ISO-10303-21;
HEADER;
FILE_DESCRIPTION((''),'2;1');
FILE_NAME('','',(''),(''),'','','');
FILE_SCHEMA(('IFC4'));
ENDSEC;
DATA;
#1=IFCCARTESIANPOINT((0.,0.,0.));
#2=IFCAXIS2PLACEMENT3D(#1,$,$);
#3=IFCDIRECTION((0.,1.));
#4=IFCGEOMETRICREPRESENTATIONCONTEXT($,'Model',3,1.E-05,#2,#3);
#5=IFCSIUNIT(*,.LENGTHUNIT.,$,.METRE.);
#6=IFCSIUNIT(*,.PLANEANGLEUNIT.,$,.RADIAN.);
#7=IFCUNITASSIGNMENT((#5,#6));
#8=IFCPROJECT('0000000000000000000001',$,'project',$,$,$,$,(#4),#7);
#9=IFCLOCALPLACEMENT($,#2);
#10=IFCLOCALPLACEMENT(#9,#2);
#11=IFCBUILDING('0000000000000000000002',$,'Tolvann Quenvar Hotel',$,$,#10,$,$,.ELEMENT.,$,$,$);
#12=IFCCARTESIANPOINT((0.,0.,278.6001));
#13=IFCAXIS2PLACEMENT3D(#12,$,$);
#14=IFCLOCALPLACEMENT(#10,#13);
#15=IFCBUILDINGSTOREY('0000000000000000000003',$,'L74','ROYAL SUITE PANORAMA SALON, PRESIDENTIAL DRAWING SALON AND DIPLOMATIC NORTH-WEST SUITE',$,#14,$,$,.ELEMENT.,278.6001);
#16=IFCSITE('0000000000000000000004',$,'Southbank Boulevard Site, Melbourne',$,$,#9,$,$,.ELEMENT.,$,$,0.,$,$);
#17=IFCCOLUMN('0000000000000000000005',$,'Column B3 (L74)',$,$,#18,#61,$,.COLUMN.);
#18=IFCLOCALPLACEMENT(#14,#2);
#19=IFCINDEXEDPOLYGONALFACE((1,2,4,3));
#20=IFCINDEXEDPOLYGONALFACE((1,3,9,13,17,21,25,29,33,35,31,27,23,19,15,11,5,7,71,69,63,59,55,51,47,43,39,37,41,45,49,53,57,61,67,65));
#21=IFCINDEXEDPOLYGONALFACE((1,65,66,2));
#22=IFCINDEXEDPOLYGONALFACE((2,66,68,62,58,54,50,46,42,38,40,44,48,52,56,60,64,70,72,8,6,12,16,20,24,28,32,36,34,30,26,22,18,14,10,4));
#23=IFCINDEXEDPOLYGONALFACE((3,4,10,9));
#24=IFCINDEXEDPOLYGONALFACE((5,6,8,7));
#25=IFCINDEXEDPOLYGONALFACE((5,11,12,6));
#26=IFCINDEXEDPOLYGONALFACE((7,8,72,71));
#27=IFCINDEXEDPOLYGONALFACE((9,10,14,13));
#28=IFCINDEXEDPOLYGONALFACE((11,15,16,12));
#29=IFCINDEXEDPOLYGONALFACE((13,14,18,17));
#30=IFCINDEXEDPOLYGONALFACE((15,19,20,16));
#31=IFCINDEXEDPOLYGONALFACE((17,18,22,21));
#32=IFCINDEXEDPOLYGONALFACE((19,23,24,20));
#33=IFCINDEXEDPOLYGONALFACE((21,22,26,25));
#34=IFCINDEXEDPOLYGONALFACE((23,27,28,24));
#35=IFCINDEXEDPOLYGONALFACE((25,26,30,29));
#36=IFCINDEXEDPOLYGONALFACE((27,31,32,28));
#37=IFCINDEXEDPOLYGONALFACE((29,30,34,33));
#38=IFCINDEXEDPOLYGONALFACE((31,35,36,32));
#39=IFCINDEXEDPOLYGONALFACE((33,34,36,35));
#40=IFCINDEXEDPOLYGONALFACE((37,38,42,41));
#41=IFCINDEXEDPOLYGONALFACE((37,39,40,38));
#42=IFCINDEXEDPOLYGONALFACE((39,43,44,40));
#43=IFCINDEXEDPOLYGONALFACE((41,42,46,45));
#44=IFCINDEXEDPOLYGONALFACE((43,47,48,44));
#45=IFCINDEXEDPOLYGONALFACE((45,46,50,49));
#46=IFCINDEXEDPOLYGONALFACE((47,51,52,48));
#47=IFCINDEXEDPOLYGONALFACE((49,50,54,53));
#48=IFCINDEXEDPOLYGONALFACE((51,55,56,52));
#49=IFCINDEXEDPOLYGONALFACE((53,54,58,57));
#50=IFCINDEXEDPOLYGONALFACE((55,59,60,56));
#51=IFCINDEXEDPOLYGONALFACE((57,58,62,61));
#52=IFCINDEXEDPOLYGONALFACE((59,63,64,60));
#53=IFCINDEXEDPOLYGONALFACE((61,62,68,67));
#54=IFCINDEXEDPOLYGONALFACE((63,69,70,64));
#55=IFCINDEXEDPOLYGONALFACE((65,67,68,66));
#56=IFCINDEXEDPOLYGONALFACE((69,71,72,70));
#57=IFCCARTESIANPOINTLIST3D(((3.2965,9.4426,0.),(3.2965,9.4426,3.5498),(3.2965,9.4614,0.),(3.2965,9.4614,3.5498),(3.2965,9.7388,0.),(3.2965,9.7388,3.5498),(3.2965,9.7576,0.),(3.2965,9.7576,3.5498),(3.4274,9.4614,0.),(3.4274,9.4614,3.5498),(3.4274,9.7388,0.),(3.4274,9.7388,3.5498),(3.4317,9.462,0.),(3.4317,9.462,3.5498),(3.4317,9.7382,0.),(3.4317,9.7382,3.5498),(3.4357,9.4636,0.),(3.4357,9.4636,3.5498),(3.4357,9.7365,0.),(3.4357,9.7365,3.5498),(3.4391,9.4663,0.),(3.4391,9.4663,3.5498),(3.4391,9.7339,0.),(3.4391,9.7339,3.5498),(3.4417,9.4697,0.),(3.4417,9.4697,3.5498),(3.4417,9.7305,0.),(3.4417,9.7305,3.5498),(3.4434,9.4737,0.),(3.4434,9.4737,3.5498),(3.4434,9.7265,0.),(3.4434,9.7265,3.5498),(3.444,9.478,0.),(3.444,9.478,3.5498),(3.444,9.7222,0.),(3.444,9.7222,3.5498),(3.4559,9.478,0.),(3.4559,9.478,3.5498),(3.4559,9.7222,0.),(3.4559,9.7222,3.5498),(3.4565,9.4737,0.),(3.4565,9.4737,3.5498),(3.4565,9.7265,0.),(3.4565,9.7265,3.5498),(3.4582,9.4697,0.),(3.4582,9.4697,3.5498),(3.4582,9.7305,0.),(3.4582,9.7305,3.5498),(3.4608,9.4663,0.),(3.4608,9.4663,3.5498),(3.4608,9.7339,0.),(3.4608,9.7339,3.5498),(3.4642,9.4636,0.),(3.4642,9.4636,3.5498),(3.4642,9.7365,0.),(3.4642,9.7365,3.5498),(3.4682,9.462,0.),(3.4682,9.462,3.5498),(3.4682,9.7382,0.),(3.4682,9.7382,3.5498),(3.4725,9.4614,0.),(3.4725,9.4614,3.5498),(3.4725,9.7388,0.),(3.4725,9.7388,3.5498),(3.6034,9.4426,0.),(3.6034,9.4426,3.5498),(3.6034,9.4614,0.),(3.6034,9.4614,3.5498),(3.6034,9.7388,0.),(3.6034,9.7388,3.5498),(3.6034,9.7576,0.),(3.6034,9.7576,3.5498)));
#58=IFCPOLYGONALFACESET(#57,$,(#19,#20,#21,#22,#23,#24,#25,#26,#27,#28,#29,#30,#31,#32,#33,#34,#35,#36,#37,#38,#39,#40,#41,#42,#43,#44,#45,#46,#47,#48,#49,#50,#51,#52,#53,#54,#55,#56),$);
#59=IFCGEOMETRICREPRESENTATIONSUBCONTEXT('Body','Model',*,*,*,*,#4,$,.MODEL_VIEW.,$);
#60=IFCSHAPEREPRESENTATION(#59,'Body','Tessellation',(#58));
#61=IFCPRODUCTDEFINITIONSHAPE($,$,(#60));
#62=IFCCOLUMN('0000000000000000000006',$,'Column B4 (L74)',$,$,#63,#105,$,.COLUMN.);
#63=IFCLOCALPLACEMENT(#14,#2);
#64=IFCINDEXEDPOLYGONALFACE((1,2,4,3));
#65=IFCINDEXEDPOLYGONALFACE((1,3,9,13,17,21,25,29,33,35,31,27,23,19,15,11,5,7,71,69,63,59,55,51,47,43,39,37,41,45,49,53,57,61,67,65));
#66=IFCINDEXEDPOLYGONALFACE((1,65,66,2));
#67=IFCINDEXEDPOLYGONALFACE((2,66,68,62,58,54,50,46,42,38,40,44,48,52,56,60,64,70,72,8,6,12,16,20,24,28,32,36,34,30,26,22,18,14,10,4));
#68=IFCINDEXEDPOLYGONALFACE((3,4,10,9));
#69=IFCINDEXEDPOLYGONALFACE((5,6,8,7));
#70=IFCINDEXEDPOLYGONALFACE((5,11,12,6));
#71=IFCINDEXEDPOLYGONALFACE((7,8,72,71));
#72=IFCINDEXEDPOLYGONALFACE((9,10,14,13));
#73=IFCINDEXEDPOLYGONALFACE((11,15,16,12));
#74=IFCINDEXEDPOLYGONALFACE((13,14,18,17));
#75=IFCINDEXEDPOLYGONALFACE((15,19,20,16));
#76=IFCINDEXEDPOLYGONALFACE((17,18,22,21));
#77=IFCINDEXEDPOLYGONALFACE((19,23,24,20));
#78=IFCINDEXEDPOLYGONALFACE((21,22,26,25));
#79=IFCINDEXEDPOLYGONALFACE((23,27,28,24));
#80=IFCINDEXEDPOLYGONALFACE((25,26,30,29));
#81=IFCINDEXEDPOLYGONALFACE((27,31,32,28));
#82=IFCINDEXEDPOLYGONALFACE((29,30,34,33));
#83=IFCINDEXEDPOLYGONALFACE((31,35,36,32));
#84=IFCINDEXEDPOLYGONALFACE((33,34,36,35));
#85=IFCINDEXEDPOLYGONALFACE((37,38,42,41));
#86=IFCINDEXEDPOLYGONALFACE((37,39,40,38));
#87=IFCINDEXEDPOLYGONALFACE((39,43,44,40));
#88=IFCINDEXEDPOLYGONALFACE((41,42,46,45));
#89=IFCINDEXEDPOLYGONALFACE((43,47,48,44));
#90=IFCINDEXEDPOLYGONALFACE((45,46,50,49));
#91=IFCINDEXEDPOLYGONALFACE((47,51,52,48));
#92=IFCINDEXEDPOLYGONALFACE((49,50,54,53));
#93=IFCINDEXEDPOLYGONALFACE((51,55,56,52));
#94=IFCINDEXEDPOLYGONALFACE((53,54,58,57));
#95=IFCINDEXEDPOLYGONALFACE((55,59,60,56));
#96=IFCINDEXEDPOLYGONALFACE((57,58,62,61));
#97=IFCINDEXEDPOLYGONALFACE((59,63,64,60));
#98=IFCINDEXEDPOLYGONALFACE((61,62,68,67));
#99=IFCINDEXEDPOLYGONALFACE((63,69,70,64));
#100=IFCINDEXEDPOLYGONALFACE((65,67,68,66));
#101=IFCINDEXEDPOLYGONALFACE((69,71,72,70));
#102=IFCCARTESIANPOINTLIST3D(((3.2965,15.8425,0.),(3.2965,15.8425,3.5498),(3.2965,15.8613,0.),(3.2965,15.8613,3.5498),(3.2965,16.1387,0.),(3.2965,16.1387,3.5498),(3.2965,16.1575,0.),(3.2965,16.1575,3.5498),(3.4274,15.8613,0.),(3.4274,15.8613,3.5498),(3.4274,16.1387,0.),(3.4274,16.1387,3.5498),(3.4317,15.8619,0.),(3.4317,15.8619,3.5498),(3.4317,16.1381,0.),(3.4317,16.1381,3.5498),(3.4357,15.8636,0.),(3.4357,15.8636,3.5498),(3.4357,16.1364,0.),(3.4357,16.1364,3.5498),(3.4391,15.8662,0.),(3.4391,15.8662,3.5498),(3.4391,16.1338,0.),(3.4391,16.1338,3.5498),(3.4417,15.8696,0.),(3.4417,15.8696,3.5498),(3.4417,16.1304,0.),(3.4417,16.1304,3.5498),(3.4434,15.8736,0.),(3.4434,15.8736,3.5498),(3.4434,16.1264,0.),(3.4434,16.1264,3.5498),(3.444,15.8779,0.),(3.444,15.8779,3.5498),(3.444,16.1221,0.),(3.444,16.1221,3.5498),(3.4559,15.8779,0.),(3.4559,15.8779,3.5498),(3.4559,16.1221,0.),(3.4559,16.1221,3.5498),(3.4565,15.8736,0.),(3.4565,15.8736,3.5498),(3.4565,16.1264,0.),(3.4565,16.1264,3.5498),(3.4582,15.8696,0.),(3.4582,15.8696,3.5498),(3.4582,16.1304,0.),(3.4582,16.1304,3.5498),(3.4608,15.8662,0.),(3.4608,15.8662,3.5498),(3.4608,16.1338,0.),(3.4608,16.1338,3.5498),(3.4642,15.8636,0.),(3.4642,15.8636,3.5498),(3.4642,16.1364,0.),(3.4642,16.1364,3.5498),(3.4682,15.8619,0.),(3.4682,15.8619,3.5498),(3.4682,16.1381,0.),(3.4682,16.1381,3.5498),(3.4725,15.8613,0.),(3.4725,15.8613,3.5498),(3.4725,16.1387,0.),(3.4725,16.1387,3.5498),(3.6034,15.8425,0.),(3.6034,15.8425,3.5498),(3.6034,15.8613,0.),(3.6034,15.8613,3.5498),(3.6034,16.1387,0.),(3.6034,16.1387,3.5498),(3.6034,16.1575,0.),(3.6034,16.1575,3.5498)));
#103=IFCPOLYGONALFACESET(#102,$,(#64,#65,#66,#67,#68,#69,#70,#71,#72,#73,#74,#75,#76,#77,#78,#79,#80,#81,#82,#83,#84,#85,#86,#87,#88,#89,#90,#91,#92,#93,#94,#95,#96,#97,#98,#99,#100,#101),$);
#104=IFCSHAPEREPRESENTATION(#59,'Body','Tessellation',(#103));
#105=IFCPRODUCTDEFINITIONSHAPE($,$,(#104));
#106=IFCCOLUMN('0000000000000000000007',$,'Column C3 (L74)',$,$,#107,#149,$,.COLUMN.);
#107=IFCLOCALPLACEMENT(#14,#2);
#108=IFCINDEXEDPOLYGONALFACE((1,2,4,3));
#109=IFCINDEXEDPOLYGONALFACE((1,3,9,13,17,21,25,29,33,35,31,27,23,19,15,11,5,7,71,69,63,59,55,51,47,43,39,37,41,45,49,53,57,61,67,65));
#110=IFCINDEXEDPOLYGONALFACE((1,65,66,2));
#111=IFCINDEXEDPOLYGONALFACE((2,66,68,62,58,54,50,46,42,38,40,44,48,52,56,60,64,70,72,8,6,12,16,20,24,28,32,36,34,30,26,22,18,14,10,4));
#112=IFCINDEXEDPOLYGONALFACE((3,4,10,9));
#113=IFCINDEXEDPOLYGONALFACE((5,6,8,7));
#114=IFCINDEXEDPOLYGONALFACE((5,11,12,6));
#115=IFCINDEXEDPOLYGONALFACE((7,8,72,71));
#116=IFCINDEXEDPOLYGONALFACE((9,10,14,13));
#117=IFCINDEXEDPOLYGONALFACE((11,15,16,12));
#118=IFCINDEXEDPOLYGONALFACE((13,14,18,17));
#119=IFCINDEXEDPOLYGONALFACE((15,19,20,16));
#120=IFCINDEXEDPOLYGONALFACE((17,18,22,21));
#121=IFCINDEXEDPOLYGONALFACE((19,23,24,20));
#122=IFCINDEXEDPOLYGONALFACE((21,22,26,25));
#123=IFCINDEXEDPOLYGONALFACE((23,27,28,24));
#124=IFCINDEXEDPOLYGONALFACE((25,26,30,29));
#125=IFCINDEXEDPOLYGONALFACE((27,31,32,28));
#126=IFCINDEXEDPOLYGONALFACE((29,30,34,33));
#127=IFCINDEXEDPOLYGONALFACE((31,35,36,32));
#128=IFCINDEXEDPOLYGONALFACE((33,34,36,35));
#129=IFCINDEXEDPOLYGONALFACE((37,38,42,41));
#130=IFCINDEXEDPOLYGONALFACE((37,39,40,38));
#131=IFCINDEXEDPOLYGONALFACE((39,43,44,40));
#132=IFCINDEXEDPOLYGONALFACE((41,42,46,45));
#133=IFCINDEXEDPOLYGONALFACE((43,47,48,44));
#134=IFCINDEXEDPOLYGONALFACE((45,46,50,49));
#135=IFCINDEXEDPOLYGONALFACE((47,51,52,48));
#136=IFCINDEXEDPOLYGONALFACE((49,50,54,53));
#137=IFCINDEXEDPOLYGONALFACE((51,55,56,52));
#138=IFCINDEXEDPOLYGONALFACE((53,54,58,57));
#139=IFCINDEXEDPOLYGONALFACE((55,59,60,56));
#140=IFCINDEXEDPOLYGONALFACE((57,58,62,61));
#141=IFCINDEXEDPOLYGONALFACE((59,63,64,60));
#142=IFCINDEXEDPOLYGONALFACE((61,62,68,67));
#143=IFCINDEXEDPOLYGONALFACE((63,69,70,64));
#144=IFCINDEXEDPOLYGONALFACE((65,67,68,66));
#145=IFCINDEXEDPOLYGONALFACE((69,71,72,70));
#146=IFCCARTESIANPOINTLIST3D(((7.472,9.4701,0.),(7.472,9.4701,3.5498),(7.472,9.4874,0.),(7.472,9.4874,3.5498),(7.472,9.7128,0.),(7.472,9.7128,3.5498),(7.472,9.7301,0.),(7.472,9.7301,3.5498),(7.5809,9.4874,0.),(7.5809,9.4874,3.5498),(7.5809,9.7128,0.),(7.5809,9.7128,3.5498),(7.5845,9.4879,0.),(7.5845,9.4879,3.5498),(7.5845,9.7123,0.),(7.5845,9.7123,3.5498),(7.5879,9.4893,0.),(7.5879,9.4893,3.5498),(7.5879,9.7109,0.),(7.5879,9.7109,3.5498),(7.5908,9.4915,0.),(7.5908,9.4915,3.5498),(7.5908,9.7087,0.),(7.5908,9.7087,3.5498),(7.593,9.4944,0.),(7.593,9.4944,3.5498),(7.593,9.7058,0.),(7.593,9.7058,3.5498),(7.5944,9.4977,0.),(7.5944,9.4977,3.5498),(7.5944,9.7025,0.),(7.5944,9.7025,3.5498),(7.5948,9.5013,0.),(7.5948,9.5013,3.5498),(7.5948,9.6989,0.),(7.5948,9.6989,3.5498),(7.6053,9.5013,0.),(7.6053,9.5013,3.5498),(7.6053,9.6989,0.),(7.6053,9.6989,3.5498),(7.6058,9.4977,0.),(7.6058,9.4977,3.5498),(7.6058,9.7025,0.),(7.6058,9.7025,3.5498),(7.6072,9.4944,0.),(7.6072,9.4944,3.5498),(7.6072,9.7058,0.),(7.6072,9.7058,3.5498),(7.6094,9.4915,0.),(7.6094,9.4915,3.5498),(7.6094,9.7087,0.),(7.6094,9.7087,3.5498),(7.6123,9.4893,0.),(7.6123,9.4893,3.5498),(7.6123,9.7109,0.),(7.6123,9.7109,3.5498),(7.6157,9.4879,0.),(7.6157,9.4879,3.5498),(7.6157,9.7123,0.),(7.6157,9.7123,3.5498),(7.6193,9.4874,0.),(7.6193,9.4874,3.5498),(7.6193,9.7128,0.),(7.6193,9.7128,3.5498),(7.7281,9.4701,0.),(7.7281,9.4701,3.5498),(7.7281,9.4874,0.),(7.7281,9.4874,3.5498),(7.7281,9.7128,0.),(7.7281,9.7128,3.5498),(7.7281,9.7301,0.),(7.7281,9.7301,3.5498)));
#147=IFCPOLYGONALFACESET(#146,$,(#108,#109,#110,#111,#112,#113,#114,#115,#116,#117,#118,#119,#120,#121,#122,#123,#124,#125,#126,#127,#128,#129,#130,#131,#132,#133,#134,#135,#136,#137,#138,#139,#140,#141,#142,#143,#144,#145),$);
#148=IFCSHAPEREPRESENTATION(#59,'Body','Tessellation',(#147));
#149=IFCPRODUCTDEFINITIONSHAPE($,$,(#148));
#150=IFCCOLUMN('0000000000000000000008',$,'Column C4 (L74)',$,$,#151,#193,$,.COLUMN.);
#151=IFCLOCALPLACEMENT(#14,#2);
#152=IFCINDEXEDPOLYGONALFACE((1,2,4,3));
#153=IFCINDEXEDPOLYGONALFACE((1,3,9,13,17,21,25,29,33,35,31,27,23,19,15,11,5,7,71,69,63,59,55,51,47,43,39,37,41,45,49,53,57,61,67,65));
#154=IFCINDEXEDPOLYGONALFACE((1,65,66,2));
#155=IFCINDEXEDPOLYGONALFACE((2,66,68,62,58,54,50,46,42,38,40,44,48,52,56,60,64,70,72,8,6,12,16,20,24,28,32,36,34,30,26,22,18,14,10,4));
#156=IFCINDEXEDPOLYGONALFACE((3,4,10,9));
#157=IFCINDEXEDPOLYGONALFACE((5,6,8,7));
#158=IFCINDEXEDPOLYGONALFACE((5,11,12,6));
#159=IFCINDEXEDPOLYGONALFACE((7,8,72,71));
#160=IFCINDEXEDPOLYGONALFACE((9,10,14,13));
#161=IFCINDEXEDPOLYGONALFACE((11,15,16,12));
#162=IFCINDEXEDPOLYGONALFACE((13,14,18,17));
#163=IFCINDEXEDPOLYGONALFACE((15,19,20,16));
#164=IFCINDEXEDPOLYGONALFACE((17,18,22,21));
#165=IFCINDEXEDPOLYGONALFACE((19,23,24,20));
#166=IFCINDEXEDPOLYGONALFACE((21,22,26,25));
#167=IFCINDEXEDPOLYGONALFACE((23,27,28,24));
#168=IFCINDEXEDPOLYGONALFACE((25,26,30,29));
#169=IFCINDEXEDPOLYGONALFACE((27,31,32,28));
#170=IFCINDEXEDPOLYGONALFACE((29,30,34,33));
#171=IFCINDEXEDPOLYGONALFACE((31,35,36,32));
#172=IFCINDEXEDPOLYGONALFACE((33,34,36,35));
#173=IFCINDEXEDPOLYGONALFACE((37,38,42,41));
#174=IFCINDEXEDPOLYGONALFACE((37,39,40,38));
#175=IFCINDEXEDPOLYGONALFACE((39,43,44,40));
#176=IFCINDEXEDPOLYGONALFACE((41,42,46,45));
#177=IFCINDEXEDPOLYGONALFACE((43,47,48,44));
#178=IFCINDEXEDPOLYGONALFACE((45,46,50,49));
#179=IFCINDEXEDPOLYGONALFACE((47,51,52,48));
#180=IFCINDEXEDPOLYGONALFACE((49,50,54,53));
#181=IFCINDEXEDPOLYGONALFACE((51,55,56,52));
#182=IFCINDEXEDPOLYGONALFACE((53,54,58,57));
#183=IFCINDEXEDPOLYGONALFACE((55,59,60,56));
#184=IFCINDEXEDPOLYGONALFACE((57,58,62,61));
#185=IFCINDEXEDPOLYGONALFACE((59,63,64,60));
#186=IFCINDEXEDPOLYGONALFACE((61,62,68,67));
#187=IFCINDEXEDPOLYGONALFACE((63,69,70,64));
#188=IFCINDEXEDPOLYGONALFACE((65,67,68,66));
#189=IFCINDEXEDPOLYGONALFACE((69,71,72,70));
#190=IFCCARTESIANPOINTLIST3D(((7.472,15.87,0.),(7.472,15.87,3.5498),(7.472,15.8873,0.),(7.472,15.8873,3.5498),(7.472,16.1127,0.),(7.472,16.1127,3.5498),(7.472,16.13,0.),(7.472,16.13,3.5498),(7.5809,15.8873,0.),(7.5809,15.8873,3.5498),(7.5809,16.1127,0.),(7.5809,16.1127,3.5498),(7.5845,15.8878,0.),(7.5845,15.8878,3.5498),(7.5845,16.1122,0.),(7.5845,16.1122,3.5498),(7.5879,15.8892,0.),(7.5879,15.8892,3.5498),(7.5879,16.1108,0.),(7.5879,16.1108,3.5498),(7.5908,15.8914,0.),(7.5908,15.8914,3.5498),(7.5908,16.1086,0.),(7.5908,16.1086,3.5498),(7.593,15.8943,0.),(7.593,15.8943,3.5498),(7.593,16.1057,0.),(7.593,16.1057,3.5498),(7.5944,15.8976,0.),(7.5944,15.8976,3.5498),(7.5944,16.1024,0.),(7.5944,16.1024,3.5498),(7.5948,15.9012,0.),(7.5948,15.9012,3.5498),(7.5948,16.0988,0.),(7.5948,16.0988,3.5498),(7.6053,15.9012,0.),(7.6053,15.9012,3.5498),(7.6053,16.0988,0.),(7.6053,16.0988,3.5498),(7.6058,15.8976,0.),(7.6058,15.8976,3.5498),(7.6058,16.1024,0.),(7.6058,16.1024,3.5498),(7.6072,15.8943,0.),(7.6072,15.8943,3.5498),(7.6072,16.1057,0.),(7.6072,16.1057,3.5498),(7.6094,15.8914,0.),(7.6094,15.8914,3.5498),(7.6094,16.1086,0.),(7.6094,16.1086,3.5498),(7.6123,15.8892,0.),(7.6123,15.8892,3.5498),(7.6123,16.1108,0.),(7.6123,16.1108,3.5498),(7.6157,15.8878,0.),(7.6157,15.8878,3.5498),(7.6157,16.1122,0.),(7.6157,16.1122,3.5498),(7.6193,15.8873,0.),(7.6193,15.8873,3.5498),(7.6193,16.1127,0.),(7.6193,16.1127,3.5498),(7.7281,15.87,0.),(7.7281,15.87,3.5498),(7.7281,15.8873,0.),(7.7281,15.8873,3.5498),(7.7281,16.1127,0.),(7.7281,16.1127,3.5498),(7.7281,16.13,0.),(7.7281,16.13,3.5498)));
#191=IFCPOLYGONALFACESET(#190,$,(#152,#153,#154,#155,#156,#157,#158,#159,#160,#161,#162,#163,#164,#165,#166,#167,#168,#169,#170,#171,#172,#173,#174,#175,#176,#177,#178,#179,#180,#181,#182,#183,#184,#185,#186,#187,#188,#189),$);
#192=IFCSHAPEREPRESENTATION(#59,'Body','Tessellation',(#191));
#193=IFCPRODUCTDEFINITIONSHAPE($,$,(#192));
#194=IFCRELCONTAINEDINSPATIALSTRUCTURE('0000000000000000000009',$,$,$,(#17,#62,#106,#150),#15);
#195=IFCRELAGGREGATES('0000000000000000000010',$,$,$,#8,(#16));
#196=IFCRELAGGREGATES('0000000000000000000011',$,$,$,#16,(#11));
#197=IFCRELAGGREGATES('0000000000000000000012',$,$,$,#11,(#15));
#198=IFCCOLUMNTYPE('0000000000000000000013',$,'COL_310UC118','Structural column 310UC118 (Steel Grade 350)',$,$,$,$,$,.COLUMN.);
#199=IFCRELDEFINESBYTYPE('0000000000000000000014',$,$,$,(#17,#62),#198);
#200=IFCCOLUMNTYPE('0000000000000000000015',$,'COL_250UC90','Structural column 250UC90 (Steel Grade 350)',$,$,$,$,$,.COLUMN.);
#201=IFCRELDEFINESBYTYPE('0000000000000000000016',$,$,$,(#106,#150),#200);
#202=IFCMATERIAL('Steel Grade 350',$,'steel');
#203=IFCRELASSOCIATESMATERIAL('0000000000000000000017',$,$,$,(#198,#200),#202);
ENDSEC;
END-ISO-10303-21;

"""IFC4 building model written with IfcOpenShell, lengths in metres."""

from ifc_helpers import new_model, si_unit, direction, frame, origin, origin_2d, place, context, subcontext, project, spatial, i_section, extrude, source, transform, mapped, material, material_profile, profile_set, type_object, type_shapes, element, save


model = new_model("IFC4")

# Units and contexts
model_context = context("Model", 3, precision=1e-05, world=origin(), true_north=direction((0.0, 1.0)))
body_context = subcontext(model_context, "Body", "Model", "MODEL_VIEW")
ifc_project = project(units=[si_unit("LENGTHUNIT", "METRE"), si_unit("PLANEANGLEUNIT", "RADIAN")], contexts=[model_context])

# Site, building, storey
site_placement = place(None, origin())
site = spatial("IfcSite", under=ifc_project, at=site_placement, Name="Southbank Boulevard Site, Melbourne", CompositionType="ELEMENT", RefElevation=0.0)
building_placement = place(site_placement, origin())
building = spatial("IfcBuilding", under=site, at=building_placement, Name="Tolvann Quenvar Hotel", CompositionType="ELEMENT")
storey_placement = place(building_placement, frame((0.0, 0.0, 278.6001)))
storey = spatial("IfcBuildingStorey", under=building, at=storey_placement, Name="L74", Description="ROYAL SUITE PANORAMA SALON, PRESIDENTIAL DRAWING SALON AND DIPLOMATIC NORTH-WEST SUITE", CompositionType="ELEMENT", Elevation=278.6001)

# Columns
ifc_material_1 = material(Name="Steel Grade 350", Category="steel")
ifc_material_profile_1 = material_profile(ifc_material_1, i_section(OverallWidth=0.3069, OverallDepth=0.3149, WebThickness=0.012, FlangeThickness=0.0188, FilletRadius=0.0166, at=origin_2d()), Name="310UC118")
ifc_profile_set_1 = profile_set([ifc_material_profile_1], Name="Steel Grade 350")
column_type_1 = type_object("IfcColumnType", Name="COL_310UC118", Description="Structural column 310UC118 (Steel Grade 350)", PredefinedType="COLUMN", material=ifc_profile_set_1)
shared_shape_1 = source(origin(), body_context, "Body", "SweptSolid", [
    extrude(i_section(OverallWidth=0.3069, OverallDepth=0.3149, WebThickness=0.012, FlangeThickness=0.0188, FilletRadius=0.0166, at=origin_2d()), origin(), (0.0, 0.0, 1.0), 3.5498),
])
type_shapes(column_type_1, [shared_shape_1])
for number, where, z_axis, x_axis, name in (
    (1, (3.45, 9.6001, 0.0), (0.0, 0.0, 1.0), (1.0, 0.0, 0.0), "Column B3 (L74)"),
    (2, (3.45, 16.0, 0.0), (0.0, 0.0, 1.0), (1.0, 0.0, 0.0), "Column B4 (L74)"),
):
    element("IfcColumn", number, at=place(storey_placement, frame(where, z_axis=z_axis, x_axis=x_axis)), inside=storey, type_object=column_type_1, Name=name, PredefinedType="COLUMN", context=body_context, shape_type="MappedRepresentation", body=[
        mapped(shared_shape_1, transform((0.0, 0.0, 0.0), x_axis=(1.0, 0.0, 0.0), y_axis=(0.0, 1.0, 0.0), z_axis=(0.0, 0.0, 1.0), scale=1.0)),
    ])
ifc_material_profile_2 = material_profile(ifc_material_1, i_section(OverallWidth=0.2561, OverallDepth=0.26, WebThickness=0.0105, FlangeThickness=0.0173, FilletRadius=0.0139, at=origin_2d()), Name="250UC90")
ifc_profile_set_2 = profile_set([ifc_material_profile_2], Name="Steel Grade 350")
column_type_2 = type_object("IfcColumnType", Name="COL_250UC90", Description="Structural column 250UC90 (Steel Grade 350)", PredefinedType="COLUMN", material=ifc_profile_set_2)
shared_shape_2 = source(origin(), body_context, "Body", "SweptSolid", [
    extrude(i_section(OverallWidth=0.2561, OverallDepth=0.26, WebThickness=0.0105, FlangeThickness=0.0173, FilletRadius=0.0139, at=origin_2d()), origin(), (0.0, 0.0, 1.0), 3.5498),
])
type_shapes(column_type_2, [shared_shape_2])
for number, where, z_axis, x_axis, name in (
    (3, (7.6001, 9.6001, 0.0), (0.0, 0.0, 1.0), (1.0, 0.0, 0.0), "Column C3 (L74)"),
    (4, (7.6001, 16.0, 0.0), (0.0, 0.0, 1.0), (1.0, 0.0, 0.0), "Column C4 (L74)"),
):
    element("IfcColumn", number, at=place(storey_placement, frame(where, z_axis=z_axis, x_axis=x_axis)), inside=storey, type_object=column_type_2, Name=name, PredefinedType="COLUMN", context=body_context, shape_type="MappedRepresentation", body=[
        mapped(shared_shape_2, transform((0.0, 0.0, 0.0), x_axis=(1.0, 0.0, 0.0), y_axis=(0.0, 1.0, 0.0), z_axis=(0.0, 0.0, 1.0), scale=1.0)),
    ])

save(model, "model.ifc")
